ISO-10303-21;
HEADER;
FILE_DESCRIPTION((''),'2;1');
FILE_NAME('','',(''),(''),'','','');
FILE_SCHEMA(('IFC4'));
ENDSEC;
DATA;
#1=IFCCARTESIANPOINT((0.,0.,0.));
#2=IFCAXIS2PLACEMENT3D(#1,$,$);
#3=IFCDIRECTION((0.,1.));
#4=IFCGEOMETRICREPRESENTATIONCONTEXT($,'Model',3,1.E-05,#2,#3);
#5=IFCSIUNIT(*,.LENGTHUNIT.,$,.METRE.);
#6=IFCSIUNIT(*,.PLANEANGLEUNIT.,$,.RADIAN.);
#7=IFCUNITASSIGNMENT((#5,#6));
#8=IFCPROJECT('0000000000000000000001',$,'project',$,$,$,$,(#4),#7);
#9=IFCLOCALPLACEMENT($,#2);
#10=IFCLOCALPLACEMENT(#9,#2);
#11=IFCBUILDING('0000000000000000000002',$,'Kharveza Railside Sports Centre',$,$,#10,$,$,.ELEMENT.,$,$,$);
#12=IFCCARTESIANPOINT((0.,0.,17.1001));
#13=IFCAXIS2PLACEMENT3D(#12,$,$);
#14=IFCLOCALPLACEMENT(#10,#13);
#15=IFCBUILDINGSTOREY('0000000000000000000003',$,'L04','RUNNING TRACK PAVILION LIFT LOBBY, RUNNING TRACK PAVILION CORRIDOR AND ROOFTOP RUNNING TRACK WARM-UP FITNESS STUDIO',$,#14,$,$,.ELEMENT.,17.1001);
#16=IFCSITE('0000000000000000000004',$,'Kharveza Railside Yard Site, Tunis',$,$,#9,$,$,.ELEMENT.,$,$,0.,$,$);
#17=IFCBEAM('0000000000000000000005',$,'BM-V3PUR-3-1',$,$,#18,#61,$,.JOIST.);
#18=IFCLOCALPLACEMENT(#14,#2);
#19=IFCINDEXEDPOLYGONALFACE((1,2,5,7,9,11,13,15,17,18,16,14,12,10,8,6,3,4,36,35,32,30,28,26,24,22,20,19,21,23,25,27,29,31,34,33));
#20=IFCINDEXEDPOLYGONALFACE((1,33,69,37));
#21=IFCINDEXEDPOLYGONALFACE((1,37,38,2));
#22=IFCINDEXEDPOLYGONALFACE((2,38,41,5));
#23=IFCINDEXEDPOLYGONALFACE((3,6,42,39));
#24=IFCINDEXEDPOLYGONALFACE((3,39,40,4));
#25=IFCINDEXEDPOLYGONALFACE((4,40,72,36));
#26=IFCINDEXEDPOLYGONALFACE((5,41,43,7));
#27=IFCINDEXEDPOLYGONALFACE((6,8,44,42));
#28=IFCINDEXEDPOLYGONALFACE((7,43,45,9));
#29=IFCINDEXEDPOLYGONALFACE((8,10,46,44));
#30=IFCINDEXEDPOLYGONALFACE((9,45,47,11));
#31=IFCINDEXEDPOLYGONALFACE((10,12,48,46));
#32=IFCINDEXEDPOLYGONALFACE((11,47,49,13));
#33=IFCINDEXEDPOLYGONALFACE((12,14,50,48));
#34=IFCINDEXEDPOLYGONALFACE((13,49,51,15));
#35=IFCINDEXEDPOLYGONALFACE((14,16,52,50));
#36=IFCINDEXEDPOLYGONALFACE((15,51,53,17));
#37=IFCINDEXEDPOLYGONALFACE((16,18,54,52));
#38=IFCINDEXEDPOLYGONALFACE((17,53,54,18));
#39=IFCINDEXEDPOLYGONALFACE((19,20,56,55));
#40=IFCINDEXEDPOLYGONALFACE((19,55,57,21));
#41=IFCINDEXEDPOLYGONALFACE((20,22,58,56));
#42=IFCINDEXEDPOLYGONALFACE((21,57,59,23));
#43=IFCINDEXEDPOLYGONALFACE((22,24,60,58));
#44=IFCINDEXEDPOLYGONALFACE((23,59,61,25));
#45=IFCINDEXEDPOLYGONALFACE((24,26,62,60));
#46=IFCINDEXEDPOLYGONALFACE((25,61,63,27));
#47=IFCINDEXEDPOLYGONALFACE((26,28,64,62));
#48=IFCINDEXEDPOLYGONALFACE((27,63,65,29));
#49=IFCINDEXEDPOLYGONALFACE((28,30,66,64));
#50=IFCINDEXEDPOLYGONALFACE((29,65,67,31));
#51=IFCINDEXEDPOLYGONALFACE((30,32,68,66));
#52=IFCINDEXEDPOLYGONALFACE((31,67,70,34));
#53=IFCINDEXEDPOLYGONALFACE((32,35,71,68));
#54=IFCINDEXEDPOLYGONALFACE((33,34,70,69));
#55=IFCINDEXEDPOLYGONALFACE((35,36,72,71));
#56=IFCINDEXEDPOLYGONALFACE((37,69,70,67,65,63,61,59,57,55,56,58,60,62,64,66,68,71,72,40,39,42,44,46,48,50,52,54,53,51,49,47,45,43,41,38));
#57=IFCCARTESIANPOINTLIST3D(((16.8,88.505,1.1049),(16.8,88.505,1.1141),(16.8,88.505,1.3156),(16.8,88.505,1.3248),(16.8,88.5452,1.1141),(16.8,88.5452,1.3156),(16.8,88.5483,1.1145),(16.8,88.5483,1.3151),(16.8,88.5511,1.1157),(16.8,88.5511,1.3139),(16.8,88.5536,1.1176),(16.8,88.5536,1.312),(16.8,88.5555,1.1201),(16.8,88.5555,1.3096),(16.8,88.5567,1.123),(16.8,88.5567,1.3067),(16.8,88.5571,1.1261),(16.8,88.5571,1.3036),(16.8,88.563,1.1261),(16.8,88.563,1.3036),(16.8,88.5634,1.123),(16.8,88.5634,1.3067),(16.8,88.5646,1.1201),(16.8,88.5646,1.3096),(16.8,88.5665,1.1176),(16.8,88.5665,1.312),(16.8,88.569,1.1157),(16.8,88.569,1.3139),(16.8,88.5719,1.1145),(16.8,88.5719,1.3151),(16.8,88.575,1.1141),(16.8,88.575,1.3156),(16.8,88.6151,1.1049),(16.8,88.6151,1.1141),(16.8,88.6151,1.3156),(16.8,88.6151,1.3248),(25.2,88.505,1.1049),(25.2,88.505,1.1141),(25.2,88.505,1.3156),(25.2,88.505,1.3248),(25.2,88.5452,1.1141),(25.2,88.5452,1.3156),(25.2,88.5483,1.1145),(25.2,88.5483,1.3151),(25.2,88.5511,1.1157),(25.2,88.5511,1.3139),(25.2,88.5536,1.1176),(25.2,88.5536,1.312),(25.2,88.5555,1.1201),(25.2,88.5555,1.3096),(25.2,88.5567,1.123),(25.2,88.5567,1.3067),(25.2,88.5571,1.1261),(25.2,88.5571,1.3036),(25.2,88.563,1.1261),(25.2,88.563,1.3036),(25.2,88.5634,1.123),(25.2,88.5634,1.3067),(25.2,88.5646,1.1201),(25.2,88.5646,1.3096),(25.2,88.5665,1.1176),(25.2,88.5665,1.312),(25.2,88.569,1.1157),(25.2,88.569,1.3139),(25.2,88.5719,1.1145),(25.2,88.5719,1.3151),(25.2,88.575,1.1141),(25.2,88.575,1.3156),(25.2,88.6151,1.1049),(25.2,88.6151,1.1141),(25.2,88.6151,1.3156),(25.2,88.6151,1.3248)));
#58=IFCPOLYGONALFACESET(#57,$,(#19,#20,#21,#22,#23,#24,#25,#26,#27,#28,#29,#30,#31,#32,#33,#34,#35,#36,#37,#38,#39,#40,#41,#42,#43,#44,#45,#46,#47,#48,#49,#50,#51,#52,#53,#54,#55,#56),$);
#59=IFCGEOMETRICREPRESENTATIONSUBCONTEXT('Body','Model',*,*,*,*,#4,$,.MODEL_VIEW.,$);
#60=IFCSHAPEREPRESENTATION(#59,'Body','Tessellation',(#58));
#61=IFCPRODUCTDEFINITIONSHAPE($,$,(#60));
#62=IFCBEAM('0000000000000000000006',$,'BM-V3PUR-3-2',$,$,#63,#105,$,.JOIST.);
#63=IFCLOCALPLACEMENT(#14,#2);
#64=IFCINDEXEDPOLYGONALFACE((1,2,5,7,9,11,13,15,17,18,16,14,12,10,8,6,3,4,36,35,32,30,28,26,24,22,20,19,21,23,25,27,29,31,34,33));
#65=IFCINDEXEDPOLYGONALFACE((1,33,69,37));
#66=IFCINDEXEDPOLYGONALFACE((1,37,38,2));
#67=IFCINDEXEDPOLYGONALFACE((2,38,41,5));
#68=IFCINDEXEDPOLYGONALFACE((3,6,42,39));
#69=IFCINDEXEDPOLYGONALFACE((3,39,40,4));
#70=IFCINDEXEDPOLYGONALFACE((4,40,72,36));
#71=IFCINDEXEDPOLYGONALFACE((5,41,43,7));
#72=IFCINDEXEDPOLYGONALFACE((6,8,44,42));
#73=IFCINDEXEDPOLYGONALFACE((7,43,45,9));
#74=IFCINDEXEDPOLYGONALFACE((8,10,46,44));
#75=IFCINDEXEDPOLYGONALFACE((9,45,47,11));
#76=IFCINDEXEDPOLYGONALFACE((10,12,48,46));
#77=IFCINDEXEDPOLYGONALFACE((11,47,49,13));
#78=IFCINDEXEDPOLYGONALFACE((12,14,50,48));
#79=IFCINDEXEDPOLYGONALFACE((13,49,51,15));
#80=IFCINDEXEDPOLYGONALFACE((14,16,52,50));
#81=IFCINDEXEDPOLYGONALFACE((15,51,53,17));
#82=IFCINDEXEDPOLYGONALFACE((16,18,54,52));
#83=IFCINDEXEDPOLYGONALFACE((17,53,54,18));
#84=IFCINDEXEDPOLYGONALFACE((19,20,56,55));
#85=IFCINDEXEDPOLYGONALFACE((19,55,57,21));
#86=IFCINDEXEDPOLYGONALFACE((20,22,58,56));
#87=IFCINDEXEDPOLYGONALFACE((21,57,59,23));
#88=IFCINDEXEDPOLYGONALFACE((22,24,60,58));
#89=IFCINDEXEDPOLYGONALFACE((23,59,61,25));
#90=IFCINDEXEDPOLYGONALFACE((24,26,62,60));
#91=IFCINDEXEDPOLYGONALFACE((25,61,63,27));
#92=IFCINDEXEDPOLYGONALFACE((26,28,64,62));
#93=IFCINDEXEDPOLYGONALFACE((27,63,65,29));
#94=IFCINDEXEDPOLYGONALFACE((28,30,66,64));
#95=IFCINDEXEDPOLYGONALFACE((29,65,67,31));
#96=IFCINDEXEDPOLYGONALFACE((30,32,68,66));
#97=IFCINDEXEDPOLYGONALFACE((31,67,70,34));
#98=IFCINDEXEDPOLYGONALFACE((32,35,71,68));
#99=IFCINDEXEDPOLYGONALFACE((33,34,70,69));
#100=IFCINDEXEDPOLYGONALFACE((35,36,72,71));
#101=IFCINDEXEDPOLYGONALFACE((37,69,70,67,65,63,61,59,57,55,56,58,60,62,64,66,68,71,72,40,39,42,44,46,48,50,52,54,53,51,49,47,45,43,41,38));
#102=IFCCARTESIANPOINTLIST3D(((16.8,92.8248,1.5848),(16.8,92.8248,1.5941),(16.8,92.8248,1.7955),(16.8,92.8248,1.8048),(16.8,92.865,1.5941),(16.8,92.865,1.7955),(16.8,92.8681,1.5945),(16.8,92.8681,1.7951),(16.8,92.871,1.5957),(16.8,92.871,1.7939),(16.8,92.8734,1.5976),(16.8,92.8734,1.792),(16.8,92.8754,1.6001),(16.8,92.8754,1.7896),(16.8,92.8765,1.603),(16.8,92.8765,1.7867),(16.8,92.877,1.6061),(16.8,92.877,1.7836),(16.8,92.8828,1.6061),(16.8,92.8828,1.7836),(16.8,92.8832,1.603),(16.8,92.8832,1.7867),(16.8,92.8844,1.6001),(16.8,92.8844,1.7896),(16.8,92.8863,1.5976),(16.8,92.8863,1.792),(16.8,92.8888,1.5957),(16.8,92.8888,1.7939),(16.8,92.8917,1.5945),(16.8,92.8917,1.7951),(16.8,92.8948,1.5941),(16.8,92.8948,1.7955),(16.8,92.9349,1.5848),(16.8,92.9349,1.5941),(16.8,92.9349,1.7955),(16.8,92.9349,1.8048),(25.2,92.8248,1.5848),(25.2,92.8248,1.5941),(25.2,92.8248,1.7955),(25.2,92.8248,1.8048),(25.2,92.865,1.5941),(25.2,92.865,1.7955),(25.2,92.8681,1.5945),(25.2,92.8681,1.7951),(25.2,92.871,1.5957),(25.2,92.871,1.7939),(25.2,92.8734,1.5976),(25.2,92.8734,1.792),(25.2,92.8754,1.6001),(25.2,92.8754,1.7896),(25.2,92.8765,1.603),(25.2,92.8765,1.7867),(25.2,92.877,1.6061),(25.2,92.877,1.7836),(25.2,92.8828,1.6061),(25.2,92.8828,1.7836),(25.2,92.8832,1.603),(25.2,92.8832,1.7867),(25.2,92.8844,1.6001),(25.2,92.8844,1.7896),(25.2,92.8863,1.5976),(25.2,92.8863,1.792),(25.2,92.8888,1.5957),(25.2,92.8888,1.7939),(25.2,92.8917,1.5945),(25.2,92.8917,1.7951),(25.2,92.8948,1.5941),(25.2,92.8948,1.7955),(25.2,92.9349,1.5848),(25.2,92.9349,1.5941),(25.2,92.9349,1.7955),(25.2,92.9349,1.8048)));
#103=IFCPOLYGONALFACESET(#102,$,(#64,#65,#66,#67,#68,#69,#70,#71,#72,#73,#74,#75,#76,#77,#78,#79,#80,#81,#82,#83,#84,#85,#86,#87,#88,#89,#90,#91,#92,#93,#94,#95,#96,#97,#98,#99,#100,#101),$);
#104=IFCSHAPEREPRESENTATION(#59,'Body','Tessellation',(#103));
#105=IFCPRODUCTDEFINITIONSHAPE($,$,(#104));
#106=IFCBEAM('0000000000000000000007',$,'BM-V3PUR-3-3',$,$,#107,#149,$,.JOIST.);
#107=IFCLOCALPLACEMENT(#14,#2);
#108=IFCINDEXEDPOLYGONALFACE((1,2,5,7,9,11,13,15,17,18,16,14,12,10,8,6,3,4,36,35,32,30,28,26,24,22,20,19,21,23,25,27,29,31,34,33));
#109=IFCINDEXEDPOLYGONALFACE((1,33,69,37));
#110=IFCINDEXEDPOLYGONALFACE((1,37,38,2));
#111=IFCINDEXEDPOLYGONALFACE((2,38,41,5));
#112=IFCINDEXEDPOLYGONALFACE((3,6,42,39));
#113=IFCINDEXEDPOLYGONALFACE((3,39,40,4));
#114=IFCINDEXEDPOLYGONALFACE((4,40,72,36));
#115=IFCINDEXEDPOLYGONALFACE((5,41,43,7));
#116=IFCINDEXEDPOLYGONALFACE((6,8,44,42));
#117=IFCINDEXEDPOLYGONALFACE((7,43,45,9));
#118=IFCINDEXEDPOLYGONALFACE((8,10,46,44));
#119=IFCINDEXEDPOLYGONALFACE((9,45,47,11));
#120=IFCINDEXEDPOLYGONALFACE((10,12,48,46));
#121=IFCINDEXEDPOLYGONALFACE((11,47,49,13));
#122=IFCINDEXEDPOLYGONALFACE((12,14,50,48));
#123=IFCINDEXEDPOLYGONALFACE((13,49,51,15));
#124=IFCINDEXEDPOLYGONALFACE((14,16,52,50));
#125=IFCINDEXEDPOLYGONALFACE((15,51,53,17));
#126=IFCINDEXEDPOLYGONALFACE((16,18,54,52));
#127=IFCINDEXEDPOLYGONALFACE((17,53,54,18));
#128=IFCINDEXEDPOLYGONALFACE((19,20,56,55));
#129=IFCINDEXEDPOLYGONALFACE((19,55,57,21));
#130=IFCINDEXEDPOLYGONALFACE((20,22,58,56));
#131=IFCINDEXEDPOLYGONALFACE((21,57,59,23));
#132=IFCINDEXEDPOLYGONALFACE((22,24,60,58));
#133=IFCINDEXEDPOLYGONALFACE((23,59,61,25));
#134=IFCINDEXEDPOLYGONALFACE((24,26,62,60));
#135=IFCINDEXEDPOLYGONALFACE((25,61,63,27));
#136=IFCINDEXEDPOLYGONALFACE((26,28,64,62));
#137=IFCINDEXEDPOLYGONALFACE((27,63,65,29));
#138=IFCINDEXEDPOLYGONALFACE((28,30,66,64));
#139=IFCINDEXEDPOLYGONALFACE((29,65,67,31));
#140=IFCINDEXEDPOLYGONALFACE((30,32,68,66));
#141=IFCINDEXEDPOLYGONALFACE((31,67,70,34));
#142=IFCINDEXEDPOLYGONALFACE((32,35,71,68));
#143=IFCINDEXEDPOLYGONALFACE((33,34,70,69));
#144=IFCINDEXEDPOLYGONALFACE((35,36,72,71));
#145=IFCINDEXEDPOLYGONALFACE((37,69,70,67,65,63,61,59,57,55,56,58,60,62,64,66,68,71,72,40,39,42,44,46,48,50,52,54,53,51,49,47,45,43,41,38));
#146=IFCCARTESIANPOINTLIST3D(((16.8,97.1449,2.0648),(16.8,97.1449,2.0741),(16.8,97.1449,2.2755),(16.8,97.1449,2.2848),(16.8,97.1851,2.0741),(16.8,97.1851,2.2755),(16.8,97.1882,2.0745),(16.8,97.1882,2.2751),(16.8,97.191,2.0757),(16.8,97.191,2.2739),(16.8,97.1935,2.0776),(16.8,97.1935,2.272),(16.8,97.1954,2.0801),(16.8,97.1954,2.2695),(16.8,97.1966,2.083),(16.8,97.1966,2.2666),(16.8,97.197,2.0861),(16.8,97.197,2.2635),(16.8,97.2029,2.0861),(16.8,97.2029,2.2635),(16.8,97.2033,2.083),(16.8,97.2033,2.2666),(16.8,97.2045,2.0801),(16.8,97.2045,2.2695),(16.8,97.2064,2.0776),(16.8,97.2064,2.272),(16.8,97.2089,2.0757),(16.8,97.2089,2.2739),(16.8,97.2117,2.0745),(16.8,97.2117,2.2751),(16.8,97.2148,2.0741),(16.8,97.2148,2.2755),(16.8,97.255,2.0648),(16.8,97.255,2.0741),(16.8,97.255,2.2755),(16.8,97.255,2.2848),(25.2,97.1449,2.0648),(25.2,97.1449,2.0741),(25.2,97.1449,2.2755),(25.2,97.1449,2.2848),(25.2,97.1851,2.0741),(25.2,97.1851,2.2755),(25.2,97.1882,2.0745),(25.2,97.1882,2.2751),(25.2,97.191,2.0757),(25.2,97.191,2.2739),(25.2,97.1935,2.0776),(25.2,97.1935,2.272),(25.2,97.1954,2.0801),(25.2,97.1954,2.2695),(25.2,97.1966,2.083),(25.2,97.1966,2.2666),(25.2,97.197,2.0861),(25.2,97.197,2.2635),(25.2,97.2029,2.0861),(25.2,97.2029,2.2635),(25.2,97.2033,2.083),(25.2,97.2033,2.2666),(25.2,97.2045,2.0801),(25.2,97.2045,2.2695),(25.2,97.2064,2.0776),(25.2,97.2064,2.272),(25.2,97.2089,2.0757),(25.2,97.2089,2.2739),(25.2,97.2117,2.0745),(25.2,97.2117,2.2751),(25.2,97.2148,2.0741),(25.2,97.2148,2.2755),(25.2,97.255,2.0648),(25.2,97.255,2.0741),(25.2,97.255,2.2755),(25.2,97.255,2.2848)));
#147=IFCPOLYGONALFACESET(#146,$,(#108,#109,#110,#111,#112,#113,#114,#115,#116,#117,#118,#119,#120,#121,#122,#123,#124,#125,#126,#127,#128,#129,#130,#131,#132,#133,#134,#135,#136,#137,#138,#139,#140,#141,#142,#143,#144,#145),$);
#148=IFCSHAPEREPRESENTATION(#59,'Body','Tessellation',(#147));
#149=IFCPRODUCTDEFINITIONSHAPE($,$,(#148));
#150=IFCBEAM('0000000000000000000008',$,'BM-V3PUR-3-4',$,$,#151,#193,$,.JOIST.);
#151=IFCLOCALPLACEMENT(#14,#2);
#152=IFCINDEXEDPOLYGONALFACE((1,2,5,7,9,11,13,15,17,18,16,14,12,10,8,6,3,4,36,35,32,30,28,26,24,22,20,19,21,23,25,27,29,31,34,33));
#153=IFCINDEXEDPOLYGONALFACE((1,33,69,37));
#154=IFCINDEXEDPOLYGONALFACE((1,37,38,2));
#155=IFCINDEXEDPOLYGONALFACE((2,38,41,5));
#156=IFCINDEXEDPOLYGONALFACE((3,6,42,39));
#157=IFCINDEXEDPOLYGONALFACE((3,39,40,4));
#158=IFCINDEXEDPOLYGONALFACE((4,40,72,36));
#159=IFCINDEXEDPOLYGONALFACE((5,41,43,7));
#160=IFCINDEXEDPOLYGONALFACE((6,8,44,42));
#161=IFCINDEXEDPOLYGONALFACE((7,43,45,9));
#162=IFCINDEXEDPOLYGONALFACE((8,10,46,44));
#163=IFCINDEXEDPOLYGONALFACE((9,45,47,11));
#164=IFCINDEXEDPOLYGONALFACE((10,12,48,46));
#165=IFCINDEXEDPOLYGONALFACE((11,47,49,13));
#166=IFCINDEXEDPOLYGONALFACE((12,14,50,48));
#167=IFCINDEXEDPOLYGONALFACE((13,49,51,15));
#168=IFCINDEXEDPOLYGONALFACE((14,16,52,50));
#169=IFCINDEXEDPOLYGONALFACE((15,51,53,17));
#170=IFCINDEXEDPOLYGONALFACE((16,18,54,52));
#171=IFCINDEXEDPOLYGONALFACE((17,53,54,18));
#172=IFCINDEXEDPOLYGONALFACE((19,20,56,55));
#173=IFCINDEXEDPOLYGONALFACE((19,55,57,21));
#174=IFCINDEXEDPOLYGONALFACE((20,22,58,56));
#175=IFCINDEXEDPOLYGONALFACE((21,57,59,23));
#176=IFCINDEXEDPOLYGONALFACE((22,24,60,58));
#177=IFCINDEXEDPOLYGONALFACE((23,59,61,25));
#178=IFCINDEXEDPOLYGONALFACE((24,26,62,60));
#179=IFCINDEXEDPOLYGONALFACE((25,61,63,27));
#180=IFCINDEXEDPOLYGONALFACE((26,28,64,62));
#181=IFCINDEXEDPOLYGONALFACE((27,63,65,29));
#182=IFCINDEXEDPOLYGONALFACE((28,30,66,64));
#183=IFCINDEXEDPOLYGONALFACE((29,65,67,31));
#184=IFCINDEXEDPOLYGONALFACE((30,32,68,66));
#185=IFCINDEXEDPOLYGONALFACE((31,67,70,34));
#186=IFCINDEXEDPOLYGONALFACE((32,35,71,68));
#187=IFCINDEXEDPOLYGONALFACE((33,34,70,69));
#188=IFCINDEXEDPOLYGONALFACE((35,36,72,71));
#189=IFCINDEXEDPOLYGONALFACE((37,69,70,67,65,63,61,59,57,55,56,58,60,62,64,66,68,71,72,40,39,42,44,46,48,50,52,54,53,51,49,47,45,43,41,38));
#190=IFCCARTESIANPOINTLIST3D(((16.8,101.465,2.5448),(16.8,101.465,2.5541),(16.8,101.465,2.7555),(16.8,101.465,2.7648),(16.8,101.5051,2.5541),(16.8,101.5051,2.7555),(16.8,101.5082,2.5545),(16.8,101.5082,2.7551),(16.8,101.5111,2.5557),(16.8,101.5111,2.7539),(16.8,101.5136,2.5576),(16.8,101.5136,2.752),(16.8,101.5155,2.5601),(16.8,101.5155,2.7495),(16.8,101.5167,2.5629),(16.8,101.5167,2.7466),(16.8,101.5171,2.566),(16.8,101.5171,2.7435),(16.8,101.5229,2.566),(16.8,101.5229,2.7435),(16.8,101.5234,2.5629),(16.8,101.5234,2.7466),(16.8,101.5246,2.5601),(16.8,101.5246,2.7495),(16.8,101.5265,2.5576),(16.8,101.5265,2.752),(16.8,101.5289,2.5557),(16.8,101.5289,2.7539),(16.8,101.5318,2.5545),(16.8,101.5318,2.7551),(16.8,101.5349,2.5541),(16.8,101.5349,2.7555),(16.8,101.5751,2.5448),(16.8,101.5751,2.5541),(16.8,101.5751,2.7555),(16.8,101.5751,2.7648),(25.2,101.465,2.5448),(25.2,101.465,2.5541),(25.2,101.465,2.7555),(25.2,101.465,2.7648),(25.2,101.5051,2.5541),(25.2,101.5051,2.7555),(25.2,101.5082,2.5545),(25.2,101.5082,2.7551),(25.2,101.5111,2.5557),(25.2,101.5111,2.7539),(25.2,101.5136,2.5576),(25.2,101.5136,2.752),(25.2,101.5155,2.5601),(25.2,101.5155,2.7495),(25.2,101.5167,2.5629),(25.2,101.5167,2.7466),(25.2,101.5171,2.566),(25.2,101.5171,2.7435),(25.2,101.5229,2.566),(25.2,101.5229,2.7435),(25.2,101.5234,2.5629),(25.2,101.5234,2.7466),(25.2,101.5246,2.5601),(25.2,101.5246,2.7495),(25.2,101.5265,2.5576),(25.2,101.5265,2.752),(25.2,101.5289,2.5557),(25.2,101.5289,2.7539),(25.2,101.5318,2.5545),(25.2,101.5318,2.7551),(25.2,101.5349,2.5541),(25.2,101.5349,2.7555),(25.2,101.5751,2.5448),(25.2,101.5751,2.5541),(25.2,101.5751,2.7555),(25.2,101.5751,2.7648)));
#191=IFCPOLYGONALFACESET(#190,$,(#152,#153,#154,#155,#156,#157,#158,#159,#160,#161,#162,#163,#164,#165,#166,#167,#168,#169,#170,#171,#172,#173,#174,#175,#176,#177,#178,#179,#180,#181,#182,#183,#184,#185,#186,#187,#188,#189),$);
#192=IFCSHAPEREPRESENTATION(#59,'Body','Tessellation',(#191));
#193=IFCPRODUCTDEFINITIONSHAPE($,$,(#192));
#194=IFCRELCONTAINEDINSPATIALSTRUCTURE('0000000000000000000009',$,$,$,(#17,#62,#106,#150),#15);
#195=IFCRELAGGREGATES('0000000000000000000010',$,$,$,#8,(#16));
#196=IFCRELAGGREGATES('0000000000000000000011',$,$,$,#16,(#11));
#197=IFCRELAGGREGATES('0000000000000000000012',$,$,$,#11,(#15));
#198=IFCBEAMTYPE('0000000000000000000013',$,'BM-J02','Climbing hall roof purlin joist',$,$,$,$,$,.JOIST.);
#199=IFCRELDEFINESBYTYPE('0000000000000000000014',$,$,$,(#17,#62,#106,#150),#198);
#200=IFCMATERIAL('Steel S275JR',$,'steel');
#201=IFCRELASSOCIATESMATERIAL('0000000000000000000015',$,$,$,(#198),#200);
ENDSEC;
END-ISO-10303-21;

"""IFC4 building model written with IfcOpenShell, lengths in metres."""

from ifc_helpers import new_model, si_unit, direction, frame, origin, origin_2d, place, context, subcontext, project, spatial, i_section, extrude, material, material_profile, profile_set, type_object, element, save


model = new_model("IFC4")

# Units and contexts
model_context = context("Model", 3, precision=1e-05, world=origin(), true_north=direction((0.0, 1.0)))
body_context = subcontext(model_context, "Body", "Model", "MODEL_VIEW")
ifc_project = project(units=[si_unit("LENGTHUNIT", "METRE"), si_unit("PLANEANGLEUNIT", "RADIAN")], contexts=[model_context])

# Site, building, storey
site_placement = place(None, origin())
site = spatial("IfcSite", under=ifc_project, at=site_placement, Name="Kharveza Railside Yard Site, Tunis", CompositionType="ELEMENT", RefElevation=0.0)
building_placement = place(site_placement, origin())
building = spatial("IfcBuilding", under=site, at=building_placement, Name="Kharveza Railside Sports Centre", CompositionType="ELEMENT")
storey_placement = place(building_placement, frame((0.0, 0.0, 17.1001)))
storey = spatial("IfcBuildingStorey", under=building, at=storey_placement, Name="L04", Description="RUNNING TRACK PAVILION LIFT LOBBY, RUNNING TRACK PAVILION CORRIDOR AND ROOFTOP RUNNING TRACK WARM-UP FITNESS STUDIO", CompositionType="ELEMENT", Elevation=17.1001)

# Beams
ifc_material_1 = material(Name="Steel S275JR", Category="steel")
ifc_material_profile_1 = material_profile(ifc_material_1, i_section(OverallWidth=0.1101, OverallDepth=0.22, WebThickness=0.0059, FlangeThickness=0.0093, FilletRadius=0.012, at=origin_2d()), Name="IPE 220")
ifc_profile_set_1 = profile_set([ifc_material_profile_1], Name="Steel S275JR")
beam_type = type_object("IfcBeamType", Name="BM-J02", Description="Climbing hall roof purlin joist", PredefinedType="JOIST", material=ifc_profile_set_1)
for number, where, z_axis, x_axis, name in (
    (1, (16.8, 88.5601, 1.2148), (1.0, 0.0, 0.0), (0.0, 1.0, 0.0), "BM-V3PUR-3-1"),
    (2, (16.8, 92.8799, 1.6948), (1.0, 0.0, 0.0), (0.0, 1.0, 0.0), "BM-V3PUR-3-2"),
    (3, (16.8, 97.2, 2.1748), (1.0, 0.0, 0.0), (0.0, 1.0, 0.0), "BM-V3PUR-3-3"),
    (4, (16.8, 101.52, 2.6548), (1.0, 0.0, 0.0), (0.0, 1.0, 0.0), "BM-V3PUR-3-4"),
):
    element("IfcBeam", number, at=place(storey_placement, frame(where, z_axis=z_axis, x_axis=x_axis)), inside=storey, type_object=beam_type, Name=name, PredefinedType="JOIST", context=body_context, shape_type="SweptSolid", body=[
        extrude(i_section(OverallWidth=0.1101, OverallDepth=0.22, WebThickness=0.0059, FlangeThickness=0.0093, FilletRadius=0.012, at=origin_2d()), origin(), (0.0, 0.0, 1.0), 8.3999),
    ])

save(model, "model.ifc")
